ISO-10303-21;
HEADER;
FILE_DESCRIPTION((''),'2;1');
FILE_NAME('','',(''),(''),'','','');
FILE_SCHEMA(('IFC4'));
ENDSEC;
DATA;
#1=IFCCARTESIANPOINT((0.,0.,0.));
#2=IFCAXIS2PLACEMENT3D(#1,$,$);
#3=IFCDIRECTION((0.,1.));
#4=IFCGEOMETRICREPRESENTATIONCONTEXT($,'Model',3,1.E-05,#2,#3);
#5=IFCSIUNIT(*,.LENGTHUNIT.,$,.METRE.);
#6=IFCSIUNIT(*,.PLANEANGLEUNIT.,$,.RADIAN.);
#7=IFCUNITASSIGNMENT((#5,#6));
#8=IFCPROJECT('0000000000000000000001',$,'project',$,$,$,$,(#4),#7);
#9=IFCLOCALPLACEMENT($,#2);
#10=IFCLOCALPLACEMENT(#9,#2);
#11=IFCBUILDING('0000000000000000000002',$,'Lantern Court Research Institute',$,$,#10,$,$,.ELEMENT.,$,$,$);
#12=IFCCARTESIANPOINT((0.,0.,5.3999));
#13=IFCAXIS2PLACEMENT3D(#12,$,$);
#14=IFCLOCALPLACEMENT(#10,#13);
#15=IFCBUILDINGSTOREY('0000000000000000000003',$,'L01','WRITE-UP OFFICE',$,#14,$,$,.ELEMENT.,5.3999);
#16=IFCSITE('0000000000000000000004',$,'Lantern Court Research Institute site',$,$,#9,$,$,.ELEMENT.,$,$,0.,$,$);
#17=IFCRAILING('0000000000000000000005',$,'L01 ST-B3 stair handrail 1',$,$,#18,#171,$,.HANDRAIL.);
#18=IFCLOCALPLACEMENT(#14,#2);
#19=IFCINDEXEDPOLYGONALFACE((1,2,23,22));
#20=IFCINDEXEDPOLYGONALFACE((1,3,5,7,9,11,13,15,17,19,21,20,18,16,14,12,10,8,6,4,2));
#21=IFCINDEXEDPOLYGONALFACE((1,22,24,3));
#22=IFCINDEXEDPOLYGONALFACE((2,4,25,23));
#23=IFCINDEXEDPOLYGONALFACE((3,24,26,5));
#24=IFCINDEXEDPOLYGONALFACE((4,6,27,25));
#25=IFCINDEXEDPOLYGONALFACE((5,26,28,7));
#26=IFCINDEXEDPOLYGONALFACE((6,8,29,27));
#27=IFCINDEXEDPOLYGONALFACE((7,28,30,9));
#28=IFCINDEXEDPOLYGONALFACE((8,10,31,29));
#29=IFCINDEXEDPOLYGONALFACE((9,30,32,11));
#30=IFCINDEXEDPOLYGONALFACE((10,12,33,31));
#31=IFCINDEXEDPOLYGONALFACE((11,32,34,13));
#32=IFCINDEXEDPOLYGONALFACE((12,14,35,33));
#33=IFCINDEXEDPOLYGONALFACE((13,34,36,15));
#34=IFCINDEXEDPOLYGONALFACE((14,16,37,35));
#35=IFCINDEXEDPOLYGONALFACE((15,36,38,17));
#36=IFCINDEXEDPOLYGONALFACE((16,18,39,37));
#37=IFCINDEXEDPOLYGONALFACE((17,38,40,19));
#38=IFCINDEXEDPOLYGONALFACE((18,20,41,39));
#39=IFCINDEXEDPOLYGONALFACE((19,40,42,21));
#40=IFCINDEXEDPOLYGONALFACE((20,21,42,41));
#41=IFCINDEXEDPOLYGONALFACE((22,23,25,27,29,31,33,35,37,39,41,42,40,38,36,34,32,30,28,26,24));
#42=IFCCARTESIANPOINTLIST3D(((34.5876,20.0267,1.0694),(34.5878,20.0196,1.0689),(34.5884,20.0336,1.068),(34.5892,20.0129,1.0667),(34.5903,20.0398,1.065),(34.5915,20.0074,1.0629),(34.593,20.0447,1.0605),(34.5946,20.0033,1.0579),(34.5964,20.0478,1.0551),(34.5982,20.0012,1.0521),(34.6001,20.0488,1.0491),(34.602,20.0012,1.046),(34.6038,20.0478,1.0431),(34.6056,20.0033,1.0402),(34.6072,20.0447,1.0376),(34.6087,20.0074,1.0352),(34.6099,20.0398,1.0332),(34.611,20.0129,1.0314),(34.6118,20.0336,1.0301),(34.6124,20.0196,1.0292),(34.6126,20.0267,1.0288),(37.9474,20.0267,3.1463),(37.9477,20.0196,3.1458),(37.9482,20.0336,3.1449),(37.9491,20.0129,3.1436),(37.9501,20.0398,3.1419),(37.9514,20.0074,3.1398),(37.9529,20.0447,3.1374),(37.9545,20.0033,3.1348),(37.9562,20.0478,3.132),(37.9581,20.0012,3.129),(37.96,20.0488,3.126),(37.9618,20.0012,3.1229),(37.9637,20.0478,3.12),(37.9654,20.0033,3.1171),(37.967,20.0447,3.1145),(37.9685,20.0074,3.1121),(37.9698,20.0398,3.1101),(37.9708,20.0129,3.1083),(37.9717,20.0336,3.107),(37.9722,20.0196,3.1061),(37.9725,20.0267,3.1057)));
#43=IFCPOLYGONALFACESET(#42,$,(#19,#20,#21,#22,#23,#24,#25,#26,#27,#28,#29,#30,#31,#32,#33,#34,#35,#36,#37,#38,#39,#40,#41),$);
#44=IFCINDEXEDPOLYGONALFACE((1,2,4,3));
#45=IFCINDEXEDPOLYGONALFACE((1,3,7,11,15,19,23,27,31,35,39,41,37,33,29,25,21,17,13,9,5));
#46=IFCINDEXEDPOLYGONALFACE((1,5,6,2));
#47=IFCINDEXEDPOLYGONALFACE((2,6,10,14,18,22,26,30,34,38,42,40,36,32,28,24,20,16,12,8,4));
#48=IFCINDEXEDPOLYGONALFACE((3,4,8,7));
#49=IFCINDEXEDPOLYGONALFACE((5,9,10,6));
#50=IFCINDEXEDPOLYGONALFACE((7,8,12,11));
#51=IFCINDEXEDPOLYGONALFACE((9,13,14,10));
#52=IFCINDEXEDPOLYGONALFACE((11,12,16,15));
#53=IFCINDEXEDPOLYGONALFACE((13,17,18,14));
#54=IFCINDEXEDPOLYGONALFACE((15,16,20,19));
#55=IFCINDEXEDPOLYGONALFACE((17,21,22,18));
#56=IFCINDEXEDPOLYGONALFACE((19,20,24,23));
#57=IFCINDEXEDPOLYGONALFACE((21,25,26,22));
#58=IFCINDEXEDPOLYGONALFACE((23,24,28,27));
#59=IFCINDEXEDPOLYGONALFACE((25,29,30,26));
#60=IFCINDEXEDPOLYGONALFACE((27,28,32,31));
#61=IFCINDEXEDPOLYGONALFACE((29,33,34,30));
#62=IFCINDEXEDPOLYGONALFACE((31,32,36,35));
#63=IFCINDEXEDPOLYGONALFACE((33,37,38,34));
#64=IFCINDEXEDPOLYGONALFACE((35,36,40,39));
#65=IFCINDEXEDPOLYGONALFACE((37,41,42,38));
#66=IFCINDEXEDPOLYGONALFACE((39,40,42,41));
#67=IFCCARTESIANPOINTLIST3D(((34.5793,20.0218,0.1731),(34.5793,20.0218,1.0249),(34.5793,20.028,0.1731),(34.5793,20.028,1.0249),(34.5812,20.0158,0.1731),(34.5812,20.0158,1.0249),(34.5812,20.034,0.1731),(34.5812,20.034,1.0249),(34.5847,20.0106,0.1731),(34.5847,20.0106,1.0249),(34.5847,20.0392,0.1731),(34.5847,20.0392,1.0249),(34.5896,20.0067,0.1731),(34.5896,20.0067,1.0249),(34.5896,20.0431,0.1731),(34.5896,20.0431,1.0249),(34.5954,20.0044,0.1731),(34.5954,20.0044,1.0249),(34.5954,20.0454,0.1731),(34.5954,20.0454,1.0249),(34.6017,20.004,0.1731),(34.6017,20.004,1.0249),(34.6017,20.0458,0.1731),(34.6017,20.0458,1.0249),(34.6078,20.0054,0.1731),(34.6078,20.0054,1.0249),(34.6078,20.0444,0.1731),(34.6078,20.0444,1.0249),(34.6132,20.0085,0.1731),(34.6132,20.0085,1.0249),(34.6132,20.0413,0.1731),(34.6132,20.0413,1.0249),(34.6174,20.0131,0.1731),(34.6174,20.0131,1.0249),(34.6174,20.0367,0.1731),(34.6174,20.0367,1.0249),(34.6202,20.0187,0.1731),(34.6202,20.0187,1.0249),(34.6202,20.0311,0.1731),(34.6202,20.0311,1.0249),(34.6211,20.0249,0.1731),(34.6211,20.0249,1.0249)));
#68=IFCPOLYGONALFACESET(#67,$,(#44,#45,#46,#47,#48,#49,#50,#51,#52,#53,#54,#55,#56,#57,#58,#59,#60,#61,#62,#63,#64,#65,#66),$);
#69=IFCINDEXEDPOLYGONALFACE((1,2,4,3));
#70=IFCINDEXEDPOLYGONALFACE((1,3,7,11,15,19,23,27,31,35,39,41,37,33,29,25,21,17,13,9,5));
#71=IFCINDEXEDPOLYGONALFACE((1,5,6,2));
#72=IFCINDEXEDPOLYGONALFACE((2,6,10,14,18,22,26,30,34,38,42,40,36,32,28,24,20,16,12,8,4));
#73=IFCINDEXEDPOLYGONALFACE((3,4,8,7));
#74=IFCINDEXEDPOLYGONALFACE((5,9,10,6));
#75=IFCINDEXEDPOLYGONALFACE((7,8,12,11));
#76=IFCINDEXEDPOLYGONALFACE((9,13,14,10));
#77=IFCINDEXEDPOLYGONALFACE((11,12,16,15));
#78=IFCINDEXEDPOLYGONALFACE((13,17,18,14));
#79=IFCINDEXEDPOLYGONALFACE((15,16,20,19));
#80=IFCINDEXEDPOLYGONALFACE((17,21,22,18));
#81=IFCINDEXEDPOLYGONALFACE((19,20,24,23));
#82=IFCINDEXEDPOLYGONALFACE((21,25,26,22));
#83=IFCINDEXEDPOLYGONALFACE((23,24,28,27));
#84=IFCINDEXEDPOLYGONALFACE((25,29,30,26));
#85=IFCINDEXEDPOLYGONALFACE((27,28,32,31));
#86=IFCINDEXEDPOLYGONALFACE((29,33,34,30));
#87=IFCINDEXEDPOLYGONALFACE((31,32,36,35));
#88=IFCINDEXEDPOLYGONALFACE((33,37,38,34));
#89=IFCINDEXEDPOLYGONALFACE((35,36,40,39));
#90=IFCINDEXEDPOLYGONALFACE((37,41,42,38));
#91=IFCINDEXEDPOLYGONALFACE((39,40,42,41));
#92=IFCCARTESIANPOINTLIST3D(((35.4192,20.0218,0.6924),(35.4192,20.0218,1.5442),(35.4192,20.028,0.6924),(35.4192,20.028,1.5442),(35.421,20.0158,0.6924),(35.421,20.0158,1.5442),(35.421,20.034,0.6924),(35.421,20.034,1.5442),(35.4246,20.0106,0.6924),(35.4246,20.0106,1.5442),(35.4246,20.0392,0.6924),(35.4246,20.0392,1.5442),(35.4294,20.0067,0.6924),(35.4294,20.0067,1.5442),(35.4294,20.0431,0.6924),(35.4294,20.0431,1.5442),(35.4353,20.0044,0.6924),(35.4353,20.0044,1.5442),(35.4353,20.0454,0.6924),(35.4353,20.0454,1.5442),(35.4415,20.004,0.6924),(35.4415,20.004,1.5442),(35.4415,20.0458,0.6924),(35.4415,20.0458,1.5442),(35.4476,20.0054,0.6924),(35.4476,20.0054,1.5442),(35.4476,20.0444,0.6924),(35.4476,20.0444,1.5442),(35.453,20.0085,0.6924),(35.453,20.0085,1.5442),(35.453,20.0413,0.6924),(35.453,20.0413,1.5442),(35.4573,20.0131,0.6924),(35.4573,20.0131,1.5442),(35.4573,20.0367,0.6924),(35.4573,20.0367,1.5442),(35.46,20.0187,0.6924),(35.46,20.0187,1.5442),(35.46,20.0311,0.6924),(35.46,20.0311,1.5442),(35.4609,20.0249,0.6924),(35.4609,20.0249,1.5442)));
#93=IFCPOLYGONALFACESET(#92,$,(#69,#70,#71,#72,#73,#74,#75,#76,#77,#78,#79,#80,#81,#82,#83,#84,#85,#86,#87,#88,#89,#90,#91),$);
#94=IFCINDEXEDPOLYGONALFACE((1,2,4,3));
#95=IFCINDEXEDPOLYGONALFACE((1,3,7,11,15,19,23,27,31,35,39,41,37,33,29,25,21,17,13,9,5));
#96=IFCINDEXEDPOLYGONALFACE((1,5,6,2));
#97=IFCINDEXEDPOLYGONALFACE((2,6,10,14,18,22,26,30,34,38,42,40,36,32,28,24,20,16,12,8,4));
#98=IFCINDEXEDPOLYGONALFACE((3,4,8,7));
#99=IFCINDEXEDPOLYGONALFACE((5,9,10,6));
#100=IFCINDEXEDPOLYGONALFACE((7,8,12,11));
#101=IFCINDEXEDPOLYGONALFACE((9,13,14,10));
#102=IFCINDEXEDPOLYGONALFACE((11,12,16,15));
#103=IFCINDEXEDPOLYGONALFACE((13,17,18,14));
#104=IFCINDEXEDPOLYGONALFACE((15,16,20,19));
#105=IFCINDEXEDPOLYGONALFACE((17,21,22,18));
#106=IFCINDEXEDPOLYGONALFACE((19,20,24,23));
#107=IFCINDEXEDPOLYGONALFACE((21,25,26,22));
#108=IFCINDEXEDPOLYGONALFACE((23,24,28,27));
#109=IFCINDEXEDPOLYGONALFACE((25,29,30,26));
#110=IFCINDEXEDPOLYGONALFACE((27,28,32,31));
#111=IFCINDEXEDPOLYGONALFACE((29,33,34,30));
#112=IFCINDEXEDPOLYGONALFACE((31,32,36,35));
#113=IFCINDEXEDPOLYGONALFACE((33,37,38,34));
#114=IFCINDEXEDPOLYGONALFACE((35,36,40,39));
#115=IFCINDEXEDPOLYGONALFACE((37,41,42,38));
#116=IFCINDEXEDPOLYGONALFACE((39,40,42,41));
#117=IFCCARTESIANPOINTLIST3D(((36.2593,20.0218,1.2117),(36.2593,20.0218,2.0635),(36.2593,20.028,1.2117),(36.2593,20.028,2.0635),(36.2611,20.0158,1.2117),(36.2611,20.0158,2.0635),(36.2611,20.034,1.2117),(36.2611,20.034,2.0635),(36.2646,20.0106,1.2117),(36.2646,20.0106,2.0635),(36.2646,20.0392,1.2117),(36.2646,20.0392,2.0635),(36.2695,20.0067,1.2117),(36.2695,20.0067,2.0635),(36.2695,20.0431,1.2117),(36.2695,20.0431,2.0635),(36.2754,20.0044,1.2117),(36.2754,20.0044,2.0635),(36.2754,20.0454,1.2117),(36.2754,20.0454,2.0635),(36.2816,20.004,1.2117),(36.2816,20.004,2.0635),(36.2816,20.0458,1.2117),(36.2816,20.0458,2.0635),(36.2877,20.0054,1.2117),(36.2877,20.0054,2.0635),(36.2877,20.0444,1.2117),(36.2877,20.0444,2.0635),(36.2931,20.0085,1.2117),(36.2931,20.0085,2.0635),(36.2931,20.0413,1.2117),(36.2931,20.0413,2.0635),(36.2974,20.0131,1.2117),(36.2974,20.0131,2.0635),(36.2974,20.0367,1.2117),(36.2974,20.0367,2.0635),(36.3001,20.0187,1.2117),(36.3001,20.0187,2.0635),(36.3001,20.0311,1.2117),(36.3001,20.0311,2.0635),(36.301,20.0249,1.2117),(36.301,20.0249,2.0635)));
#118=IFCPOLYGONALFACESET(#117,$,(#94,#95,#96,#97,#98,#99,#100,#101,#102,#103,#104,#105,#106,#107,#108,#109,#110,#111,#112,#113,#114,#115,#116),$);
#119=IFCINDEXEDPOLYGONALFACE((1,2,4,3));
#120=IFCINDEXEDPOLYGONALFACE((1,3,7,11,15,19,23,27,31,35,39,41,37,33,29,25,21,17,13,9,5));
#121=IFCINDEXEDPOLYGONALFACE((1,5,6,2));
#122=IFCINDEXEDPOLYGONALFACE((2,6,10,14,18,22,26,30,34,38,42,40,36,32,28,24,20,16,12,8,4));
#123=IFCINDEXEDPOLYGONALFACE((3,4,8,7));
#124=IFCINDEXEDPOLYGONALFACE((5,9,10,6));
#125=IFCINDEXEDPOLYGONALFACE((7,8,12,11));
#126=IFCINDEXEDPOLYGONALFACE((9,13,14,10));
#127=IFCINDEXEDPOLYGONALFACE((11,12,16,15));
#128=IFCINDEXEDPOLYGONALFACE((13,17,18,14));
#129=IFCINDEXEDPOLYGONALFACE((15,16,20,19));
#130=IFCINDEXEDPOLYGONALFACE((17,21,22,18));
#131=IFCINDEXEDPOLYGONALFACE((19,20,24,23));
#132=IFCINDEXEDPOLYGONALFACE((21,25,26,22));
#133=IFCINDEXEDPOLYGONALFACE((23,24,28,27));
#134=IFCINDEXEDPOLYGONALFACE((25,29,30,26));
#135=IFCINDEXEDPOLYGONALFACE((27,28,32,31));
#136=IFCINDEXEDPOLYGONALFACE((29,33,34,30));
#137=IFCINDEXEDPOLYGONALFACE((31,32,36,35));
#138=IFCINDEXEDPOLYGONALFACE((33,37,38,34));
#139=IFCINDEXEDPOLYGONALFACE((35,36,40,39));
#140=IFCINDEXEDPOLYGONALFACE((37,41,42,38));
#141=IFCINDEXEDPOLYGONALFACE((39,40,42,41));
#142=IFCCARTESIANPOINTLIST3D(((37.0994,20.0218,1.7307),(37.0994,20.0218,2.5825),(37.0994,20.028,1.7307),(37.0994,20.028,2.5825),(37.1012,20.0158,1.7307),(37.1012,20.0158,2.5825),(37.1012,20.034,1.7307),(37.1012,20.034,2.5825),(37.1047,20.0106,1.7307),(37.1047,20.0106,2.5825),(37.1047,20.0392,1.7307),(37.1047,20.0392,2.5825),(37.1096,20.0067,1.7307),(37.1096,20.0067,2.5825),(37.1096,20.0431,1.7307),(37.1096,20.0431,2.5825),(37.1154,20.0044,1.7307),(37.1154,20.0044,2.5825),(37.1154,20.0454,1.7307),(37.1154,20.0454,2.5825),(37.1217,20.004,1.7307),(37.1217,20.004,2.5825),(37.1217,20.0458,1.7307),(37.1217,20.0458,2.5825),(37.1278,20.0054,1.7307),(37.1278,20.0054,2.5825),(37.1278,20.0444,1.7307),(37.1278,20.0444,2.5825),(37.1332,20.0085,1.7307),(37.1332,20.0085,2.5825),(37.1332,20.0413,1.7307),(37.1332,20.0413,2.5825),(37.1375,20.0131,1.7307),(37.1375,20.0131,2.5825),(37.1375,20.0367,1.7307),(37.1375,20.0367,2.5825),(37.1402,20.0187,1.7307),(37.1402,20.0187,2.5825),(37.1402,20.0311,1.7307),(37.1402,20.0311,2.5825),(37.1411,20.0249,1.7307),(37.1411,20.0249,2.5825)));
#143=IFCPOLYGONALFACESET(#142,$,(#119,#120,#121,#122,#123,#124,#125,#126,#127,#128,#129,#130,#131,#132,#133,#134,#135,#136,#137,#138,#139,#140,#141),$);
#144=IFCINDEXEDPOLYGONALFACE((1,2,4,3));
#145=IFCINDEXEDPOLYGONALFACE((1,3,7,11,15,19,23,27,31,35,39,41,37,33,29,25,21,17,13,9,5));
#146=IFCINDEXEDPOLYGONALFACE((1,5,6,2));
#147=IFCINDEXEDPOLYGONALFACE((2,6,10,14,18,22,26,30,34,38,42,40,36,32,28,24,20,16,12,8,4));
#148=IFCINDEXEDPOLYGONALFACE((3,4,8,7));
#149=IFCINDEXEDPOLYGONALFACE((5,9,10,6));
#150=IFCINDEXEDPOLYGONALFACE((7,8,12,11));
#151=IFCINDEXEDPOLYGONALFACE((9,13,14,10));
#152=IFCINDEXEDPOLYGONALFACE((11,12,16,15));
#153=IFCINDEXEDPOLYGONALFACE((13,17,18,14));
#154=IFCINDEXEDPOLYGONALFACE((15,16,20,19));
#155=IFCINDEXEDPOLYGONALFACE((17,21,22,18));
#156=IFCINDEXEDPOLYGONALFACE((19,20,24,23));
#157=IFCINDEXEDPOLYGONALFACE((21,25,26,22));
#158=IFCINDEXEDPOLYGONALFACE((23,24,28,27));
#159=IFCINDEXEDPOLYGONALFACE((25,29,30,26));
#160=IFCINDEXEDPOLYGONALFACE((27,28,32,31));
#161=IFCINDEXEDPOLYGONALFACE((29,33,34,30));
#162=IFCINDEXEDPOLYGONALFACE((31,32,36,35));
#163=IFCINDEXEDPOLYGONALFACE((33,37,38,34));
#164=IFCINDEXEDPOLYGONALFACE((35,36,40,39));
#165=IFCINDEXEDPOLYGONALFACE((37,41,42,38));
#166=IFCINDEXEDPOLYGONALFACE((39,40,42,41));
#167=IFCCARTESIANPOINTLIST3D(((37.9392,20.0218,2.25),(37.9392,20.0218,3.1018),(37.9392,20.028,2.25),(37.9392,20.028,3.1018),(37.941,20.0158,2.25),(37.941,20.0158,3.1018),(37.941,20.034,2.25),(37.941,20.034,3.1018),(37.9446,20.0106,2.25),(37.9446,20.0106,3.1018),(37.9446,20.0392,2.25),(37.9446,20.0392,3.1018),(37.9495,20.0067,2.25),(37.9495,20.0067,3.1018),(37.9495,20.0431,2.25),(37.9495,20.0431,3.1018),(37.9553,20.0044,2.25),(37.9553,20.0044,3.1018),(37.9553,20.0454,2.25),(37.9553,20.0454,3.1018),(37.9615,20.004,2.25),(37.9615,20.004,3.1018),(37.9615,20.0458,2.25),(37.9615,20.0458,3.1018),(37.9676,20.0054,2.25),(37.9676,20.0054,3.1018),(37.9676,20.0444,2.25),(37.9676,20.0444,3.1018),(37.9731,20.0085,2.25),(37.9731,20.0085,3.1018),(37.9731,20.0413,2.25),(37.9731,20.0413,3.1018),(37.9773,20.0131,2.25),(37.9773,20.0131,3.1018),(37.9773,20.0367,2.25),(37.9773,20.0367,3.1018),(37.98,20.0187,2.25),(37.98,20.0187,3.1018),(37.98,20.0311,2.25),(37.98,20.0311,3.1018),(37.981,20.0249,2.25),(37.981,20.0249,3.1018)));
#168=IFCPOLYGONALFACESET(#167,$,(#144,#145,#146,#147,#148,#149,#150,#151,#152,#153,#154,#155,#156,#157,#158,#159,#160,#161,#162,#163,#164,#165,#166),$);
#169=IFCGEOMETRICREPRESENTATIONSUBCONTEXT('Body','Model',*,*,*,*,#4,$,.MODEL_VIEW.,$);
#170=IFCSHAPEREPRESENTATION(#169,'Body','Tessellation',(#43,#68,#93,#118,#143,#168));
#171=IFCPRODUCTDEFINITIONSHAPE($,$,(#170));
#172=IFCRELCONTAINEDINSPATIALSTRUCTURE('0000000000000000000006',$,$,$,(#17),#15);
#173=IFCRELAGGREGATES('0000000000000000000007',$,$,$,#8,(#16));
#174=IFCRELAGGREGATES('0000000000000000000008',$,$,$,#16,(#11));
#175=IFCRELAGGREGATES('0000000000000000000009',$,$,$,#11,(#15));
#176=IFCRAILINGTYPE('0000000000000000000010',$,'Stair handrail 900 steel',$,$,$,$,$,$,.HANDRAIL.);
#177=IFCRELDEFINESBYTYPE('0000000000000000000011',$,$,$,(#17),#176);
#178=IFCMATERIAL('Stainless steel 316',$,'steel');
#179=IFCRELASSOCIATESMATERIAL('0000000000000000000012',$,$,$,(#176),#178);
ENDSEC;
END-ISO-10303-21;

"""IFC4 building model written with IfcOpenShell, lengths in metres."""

from ifc_helpers import new_model, si_unit, direction, frame, origin, origin_2d, place, context, subcontext, project, spatial, circle, extrude, material, type_object, element, save


model = new_model("IFC4")

# Units and contexts
model_context = context("Model", 3, precision=1e-05, world=origin(), true_north=direction((0.0, 1.0)))
body_context = subcontext(model_context, "Body", "Model", "MODEL_VIEW")
ifc_project = project(units=[si_unit("LENGTHUNIT", "METRE"), si_unit("PLANEANGLEUNIT", "RADIAN")], contexts=[model_context])

# Site, building, storey
site_placement = place(None, origin())
site = spatial("IfcSite", under=ifc_project, at=site_placement, Name="Lantern Court Research Institute site", CompositionType="ELEMENT", RefElevation=0.0)
building_placement = place(site_placement, origin())
building = spatial("IfcBuilding", under=site, at=building_placement, Name="Lantern Court Research Institute", CompositionType="ELEMENT")
storey_placement = place(building_placement, frame((0.0, 0.0, 5.3999)))
storey = spatial("IfcBuildingStorey", under=building, at=storey_placement, Name="L01", Description="WRITE-UP OFFICE", CompositionType="ELEMENT", Elevation=5.3999)

# Railing
ifc_material_1 = material(Name="Stainless steel 316", Category="steel")
railing_type_1 = type_object("IfcRailingType", Name="Stair handrail 900 steel", PredefinedType="HANDRAIL", material=ifc_material_1)
railing_1_placement = place(storey_placement, frame((34.6001, 20.0249, 0.1731)))
element("IfcRailing", 1, at=railing_1_placement, inside=storey, type_object=railing_type_1, Name="L01 ST-B3 stair handrail 1", PredefinedType="HANDRAIL", context=body_context, shape_type="SweptSolid", body=[
    extrude(circle(Radius=0.0239, at=origin_2d()), frame((0.0, 0.0, 0.876), z_axis=(0.850606, 0.0, 0.525803), x_axis=(0.0, 1.0, 0.0)), (0.0, 0.0, 1.0), 3.95),
    extrude(circle(Radius=0.021, at=origin_2d()), origin(), (0.0, 0.0, 1.0), 0.8518),
    extrude(circle(Radius=0.021, at=origin_2d()), frame((0.8398, 0.0, 0.5193)), (0.0, 0.0, 1.0), 0.8518),
    extrude(circle(Radius=0.021, at=origin_2d()), frame((1.6799, 0.0, 1.0386)), (0.0, 0.0, 1.0), 0.8518),
    extrude(circle(Radius=0.021, at=origin_2d()), frame((2.52, 0.0, 1.5576)), (0.0, 0.0, 1.0), 0.8518),
    extrude(circle(Radius=0.021, at=origin_2d()), frame((3.3599, 0.0, 2.0769)), (0.0, 0.0, 1.0), 0.8518),
])

save(model, "model.ifc")
